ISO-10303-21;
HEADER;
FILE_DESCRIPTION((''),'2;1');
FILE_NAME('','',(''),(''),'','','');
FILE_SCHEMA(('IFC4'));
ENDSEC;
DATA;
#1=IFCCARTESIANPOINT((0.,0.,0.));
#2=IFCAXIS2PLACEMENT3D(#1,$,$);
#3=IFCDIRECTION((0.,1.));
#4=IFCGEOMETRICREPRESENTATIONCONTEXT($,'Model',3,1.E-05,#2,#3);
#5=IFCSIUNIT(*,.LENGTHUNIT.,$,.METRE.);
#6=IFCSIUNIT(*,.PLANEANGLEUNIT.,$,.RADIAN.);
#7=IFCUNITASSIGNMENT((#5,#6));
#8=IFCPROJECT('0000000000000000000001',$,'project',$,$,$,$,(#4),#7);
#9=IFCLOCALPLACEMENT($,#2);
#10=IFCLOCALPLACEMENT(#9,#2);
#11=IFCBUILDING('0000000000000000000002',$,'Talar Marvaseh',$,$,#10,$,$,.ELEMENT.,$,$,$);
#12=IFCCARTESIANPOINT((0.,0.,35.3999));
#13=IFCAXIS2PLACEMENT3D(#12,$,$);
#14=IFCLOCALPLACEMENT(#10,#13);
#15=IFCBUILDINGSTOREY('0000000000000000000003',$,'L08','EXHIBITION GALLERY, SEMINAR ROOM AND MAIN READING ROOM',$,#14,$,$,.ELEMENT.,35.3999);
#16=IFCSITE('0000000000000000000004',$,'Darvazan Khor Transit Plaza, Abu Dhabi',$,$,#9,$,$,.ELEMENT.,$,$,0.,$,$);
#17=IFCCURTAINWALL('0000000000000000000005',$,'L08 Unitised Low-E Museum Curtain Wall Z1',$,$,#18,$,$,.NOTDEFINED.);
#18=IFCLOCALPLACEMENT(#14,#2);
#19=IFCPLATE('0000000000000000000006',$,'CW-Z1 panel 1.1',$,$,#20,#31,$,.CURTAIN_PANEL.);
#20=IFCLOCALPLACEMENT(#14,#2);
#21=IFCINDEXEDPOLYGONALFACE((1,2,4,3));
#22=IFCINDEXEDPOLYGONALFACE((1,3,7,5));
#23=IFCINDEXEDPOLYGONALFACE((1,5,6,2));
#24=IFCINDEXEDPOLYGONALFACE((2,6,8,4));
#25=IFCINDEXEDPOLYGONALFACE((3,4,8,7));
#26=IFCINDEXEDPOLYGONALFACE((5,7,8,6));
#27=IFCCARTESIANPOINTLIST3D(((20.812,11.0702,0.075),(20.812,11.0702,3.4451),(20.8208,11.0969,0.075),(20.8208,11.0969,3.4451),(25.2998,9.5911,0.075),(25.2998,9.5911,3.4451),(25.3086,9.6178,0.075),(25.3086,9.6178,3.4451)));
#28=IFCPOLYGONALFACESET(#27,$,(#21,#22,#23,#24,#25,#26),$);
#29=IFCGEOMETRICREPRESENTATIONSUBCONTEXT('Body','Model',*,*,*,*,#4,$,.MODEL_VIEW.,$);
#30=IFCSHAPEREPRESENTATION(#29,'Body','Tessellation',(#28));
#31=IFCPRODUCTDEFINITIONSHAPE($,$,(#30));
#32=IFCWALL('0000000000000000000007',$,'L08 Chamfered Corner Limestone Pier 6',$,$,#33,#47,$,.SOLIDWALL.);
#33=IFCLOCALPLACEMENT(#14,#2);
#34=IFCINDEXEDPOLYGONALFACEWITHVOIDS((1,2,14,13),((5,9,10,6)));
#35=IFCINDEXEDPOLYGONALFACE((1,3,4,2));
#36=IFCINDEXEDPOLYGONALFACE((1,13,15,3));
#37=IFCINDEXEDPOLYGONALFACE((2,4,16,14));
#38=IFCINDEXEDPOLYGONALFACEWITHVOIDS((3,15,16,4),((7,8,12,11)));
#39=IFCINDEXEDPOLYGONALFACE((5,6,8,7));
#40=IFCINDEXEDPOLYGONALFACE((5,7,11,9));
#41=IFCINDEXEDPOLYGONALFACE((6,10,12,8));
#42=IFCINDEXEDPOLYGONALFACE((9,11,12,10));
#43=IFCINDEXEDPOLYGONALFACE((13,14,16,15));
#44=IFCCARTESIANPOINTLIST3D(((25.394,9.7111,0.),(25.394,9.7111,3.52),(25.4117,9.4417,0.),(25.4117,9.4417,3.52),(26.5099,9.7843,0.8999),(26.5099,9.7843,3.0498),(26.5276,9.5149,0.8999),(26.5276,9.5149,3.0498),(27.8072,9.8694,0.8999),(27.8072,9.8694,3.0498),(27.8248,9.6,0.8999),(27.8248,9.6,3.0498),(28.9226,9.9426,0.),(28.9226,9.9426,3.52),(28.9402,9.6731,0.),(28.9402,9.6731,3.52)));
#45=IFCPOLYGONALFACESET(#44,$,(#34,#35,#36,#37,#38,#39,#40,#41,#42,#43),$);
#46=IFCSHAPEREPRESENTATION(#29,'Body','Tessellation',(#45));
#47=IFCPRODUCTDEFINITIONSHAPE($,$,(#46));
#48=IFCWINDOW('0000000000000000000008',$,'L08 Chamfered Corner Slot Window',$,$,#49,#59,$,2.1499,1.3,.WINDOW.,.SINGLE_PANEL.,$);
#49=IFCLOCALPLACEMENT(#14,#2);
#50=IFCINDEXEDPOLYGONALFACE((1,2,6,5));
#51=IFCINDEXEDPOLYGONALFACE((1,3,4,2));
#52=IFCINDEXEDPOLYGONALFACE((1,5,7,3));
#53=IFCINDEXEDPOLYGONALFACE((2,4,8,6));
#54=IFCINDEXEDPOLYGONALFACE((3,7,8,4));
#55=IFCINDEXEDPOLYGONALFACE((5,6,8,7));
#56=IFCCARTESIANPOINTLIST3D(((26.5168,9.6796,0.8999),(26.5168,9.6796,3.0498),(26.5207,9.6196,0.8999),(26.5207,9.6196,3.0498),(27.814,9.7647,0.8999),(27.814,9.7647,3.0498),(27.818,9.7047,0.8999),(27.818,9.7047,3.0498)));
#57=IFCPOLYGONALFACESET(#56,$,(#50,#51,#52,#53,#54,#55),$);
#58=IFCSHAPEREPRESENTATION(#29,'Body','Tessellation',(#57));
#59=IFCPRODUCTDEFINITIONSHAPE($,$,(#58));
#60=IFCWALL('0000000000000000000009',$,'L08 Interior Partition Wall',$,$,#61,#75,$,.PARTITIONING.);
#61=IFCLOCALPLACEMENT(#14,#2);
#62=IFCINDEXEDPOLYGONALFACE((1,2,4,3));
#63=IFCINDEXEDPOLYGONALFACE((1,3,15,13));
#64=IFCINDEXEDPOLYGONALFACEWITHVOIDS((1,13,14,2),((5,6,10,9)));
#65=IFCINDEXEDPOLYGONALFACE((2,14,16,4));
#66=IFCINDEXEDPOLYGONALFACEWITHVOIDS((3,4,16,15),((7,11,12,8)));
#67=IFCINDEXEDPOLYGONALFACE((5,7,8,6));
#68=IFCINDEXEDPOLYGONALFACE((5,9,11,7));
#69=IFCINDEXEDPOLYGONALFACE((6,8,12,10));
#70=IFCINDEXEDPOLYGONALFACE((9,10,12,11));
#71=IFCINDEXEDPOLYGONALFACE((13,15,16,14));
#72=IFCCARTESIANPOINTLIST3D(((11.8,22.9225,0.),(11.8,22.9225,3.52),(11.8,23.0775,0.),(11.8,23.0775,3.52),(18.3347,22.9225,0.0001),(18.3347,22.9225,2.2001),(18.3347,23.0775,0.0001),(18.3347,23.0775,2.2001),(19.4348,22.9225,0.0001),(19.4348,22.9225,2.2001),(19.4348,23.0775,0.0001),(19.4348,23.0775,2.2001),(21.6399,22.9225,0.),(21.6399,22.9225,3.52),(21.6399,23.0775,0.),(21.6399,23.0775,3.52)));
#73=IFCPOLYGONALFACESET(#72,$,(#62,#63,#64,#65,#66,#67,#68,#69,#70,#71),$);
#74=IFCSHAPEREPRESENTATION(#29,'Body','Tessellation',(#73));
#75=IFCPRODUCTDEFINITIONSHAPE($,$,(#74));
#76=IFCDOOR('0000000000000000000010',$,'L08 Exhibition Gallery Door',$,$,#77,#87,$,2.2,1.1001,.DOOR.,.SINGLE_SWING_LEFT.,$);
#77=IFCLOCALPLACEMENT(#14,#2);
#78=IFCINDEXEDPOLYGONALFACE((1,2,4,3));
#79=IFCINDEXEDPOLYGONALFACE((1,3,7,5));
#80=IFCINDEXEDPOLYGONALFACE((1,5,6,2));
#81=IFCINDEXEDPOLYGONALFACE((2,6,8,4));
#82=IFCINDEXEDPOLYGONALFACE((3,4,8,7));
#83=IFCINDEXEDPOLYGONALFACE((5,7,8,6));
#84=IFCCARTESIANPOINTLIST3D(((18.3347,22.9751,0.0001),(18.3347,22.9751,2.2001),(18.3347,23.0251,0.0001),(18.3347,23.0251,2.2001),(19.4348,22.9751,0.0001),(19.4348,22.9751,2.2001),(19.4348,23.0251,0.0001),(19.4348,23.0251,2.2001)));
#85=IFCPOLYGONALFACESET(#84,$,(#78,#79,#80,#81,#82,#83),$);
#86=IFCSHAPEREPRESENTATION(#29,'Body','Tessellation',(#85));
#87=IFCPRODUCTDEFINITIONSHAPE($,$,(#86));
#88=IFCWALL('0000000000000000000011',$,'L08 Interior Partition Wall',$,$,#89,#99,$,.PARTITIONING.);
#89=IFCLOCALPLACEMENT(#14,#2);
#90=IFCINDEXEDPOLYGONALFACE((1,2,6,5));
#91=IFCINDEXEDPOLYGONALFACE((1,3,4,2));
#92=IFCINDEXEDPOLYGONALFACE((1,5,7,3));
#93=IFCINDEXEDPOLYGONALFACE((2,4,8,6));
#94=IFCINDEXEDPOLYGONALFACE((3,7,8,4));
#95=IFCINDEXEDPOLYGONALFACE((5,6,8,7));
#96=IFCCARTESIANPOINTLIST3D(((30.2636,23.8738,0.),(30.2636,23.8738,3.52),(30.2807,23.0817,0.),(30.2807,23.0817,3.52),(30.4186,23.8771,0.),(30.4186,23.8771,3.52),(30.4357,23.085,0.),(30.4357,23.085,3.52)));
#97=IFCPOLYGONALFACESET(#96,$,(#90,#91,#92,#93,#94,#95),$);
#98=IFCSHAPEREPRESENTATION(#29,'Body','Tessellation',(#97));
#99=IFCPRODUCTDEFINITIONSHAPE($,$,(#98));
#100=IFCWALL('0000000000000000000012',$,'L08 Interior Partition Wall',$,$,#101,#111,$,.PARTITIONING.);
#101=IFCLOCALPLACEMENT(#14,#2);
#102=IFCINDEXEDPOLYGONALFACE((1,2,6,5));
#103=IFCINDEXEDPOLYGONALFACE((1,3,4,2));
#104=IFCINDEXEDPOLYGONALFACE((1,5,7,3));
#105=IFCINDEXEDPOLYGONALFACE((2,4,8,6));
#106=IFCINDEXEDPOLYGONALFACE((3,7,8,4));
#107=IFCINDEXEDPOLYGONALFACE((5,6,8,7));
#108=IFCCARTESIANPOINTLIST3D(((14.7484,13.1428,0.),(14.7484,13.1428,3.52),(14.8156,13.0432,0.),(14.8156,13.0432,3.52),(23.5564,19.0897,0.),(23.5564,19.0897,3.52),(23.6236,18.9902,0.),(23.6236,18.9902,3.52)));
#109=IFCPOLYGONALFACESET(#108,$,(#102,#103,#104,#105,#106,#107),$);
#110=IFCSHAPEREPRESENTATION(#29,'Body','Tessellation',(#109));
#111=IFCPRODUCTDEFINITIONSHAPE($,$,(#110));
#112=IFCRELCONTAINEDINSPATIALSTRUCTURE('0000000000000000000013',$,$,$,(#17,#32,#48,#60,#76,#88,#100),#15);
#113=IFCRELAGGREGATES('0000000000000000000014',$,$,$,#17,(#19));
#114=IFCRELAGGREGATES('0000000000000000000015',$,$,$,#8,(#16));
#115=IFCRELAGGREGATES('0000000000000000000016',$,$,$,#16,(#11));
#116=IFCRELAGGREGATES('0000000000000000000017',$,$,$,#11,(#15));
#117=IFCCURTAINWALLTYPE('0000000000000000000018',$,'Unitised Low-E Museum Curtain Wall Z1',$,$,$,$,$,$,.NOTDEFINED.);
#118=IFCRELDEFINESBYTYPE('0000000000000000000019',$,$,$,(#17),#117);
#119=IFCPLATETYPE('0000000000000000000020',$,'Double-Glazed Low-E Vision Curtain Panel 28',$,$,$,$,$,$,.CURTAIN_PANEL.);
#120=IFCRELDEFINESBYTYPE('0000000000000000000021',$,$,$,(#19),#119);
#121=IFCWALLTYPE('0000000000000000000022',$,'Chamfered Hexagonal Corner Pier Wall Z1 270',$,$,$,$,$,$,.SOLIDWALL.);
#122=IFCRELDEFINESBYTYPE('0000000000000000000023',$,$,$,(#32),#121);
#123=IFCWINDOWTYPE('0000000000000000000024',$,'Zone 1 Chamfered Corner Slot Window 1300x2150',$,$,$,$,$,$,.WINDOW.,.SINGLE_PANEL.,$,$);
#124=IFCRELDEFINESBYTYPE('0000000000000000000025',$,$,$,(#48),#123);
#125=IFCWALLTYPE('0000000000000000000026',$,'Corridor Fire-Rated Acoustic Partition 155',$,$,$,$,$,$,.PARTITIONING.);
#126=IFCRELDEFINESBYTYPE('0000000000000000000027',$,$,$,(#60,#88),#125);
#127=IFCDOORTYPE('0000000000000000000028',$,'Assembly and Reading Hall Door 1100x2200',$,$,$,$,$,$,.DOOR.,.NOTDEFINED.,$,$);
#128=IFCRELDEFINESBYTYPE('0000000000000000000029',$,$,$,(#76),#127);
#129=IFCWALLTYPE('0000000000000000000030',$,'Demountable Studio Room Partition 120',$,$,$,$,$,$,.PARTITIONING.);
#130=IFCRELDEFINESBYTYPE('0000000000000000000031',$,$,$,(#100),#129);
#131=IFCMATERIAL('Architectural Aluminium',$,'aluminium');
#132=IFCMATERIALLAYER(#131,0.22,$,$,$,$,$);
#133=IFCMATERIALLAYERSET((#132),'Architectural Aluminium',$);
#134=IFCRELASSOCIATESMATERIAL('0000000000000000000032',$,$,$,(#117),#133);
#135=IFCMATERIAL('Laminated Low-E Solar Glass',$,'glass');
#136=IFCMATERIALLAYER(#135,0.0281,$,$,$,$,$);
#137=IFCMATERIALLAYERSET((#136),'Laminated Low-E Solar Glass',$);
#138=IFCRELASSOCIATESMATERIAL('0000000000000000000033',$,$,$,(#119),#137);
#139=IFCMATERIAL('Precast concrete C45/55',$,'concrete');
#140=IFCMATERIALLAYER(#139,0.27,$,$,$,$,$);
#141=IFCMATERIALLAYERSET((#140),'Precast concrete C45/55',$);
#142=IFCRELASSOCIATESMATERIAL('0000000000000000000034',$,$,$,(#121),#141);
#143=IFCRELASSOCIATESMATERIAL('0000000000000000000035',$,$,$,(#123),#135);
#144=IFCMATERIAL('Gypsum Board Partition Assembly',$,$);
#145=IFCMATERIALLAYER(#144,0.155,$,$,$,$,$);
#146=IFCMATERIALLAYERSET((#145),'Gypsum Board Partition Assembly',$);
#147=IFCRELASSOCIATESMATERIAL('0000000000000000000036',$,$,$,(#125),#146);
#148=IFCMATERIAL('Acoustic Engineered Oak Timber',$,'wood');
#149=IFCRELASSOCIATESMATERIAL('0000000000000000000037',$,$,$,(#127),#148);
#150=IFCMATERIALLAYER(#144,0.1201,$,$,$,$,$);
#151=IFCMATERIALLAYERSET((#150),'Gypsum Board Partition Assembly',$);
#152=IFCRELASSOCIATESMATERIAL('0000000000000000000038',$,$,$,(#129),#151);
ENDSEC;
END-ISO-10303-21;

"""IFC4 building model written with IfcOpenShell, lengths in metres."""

from ifc_helpers import new_model, si_unit, direction, frame, frame_2d, origin, origin_2d, place, context, subcontext, project, spatial, rectangle, extrude, source, transform, mapped, material, layer, layer_set, type_object, type_shapes, element, fill, aggregate, save


model = new_model("IFC4")

# Units and contexts
model_context = context("Model", 3, precision=1e-05, world=origin(), true_north=direction((0.0, 1.0)))
body_context = subcontext(model_context, "Body", "Model", "MODEL_VIEW")
ifc_project = project(units=[si_unit("LENGTHUNIT", "METRE"), si_unit("PLANEANGLEUNIT", "RADIAN")], contexts=[model_context])

# Site, building, storey
site_placement = place(None, origin())
site = spatial("IfcSite", under=ifc_project, at=site_placement, Name="Darvazan Khor Transit Plaza, Abu Dhabi", CompositionType="ELEMENT", RefElevation=0.0)
building_placement = place(site_placement, origin())
building = spatial("IfcBuilding", under=site, at=building_placement, Name="Talar Marvaseh", CompositionType="ELEMENT")
storey_placement = place(building_placement, frame((0.0, 0.0, 35.3999)))
storey = spatial("IfcBuildingStorey", under=building, at=storey_placement, Name="L08", Description="EXHIBITION GALLERY, SEMINAR ROOM AND MAIN READING ROOM", CompositionType="ELEMENT", Elevation=35.3999)

# Shared definitions
ifc_material_1 = material(Name="Architectural Aluminium", Category="aluminium")
ifc_layer_1 = layer(ifc_material_1, 0.22)
ifc_layer_set_1 = layer_set([ifc_layer_1], Name="Architectural Aluminium")
curtain_wall_type = type_object("IfcCurtainWallType", Name="Unitised Low-E Museum Curtain Wall Z1", PredefinedType="NOTDEFINED", material=ifc_layer_set_1)

# Curtain wall
curtain_wall_1_placement = place(storey_placement, origin())
curtain_wall_1 = element("IfcCurtainWall", 1, at=curtain_wall_1_placement, inside=storey, type_object=curtain_wall_type, Name="L08 Unitised Low-E Museum Curtain Wall Z1", PredefinedType="NOTDEFINED")

# Plate
ifc_material_2 = material(Name="Laminated Low-E Solar Glass", Category="glass")
ifc_layer_2 = layer(ifc_material_2, 0.0281)
ifc_layer_set_2 = layer_set([ifc_layer_2], Name="Laminated Low-E Solar Glass")
plate_type = type_object("IfcPlateType", Name="Double-Glazed Low-E Vision Curtain Panel 28", PredefinedType="CURTAIN_PANEL", material=ifc_layer_set_2)
shared_shape_1 = source(origin(), body_context, "Body", "SweptSolid", [
    extrude(rectangle(XDim=4.7253, YDim=0.0281, at=origin_2d()), origin(), (0.0, 0.0, 1.0), 3.3701),
])
type_shapes(plate_type, [shared_shape_1])
plate_1_placement = place(storey_placement, frame((23.0603, 10.344, 0.075), z_axis=(0.0, 0.0, 1.0), x_axis=(-0.949747, 0.313019, 0.0)))
plate_1 = element("IfcPlate", 2, at=plate_1_placement, type_object=plate_type, Name="CW-Z1 panel 1.1", PredefinedType="CURTAIN_PANEL", context=body_context, shape_type="MappedRepresentation", body=[
    mapped(shared_shape_1, transform((0.0, 0.0, 0.0), x_axis=(1.0, 0.0, 0.0), y_axis=(0.0, 1.0, 0.0), z_axis=(0.0, 0.0, 1.0), scale=1.0)),
])
aggregate(curtain_wall_1, [plate_1])

# Wall, opening, window
ifc_material_3 = material(Name="Precast concrete C45/55", Category="concrete")
ifc_layer_3 = layer(ifc_material_3, 0.27)
ifc_layer_set_3 = layer_set([ifc_layer_3], Name="Precast concrete C45/55")
wall_type_1 = type_object("IfcWallType", Name="Chamfered Hexagonal Corner Pier Wall Z1 270", PredefinedType="SOLIDWALL", material=ifc_layer_set_3)
wall_1_placement = place(storey_placement, frame((28.9314, 9.8079, 0.0), z_axis=(0.0, 0.0, 1.0), x_axis=(-0.997856, -0.065451, 0.0)))
wall_1 = element("IfcWall", 3, at=wall_1_placement, inside=storey, type_object=wall_type_1, Name="L08 Chamfered Corner Limestone Pier 6", PredefinedType="SOLIDWALL", context=body_context, shape_type="SweptSolid", body=[
    extrude(rectangle(XDim=3.5361, YDim=0.27, at=frame_2d((1.7681, 0.0))), origin(), (0.0, 0.0, 1.0), 3.52),
])
opening_1_placement = place(wall_1_placement, frame((1.1179, 0.0, 0.8999)))
opening_1 = element("IfcOpeningElement", 4, at=opening_1_placement, cuts=wall_1, PredefinedType="OPENING", context=body_context, shape_type="SweptSolid", body=[
    extrude(rectangle(XDim=1.3, YDim=2.1499, at=frame_2d((0.6499, 1.075))), frame((0.0, 0.145, 0.0), z_axis=(0.0, -1.0, 0.0), x_axis=(1.0, 0.0, 0.0)), (0.0, 0.0, 1.0), 0.29),
])
window_type = type_object("IfcWindowType", Name="Zone 1 Chamfered Corner Slot Window 1300x2150", PartitioningType="SINGLE_PANEL", PredefinedType="WINDOW", material=ifc_material_2)
shared_shape_2 = source(origin(), body_context, "Body", "SweptSolid", [
    extrude(rectangle(XDim=1.3, YDim=2.1499, at=frame_2d((0.6499, 1.075))), frame((0.0, 0.03, 0.0), z_axis=(0.0, -1.0, 0.0), x_axis=(1.0, 0.0, 0.0)), (0.0, 0.0, 1.0), 0.0601),
])
type_shapes(window_type, [shared_shape_2])
window_placement = place(opening_1_placement, origin())
window = element("IfcWindow", 5, at=window_placement, inside=storey, type_object=window_type, Name="L08 Chamfered Corner Slot Window", OverallHeight=2.1499, OverallWidth=1.3, PartitioningType="SINGLE_PANEL", PredefinedType="WINDOW", context=body_context, shape_type="MappedRepresentation", body=[
    mapped(shared_shape_2, transform((0.0, 0.0, 0.0), x_axis=(1.0, 0.0, 0.0), y_axis=(0.0, 1.0, 0.0), z_axis=(0.0, 0.0, 1.0), scale=1.0)),
])
fill(opening_1, window)

# Wall, opening, door
ifc_material_4 = material(Name="Gypsum Board Partition Assembly")
ifc_layer_4 = layer(ifc_material_4, 0.155)
ifc_layer_set_4 = layer_set([ifc_layer_4], Name="Gypsum Board Partition Assembly")
wall_type_2 = type_object("IfcWallType", Name="Corridor Fire-Rated Acoustic Partition 155", PredefinedType="PARTITIONING", material=ifc_layer_set_4)
wall_2_placement = place(storey_placement, frame((21.6399, 23.0, 0.0), z_axis=(0.0, 0.0, 1.0), x_axis=(-1.0, 0.0, 0.0)))
wall_2 = element("IfcWall", 6, at=wall_2_placement, inside=storey, type_object=wall_type_2, Name="L08 Interior Partition Wall", PredefinedType="PARTITIONING", context=body_context, shape_type="SweptSolid", body=[
    extrude(rectangle(XDim=9.8398, YDim=0.155, at=frame_2d((4.9199, 0.0))), origin(), (0.0, 0.0, 1.0), 3.52),
])
opening_2_placement = place(wall_2_placement, frame((2.2051, 0.0, 0.0)))
opening_2 = element("IfcOpeningElement", 7, at=opening_2_placement, cuts=wall_2, PredefinedType="OPENING", context=body_context, shape_type="SweptSolid", body=[
    extrude(rectangle(XDim=1.1001, YDim=2.2, at=frame_2d((0.55, 1.1001))), frame((0.0, 0.0874, 0.0), z_axis=(0.0, -1.0, 0.0), x_axis=(1.0, 0.0, 0.0)), (0.0, 0.0, 1.0), 0.175),
])
ifc_material_5 = material(Name="Acoustic Engineered Oak Timber", Category="wood")
door_type = type_object("IfcDoorType", Name="Assembly and Reading Hall Door 1100x2200", OperationType="NOTDEFINED", PredefinedType="DOOR", material=ifc_material_5)
shared_shape_3 = source(origin(), body_context, "Body", "SweptSolid", [
    extrude(rectangle(XDim=1.1001, YDim=2.2, at=frame_2d((0.55, 1.1001))), frame((0.0, 0.0249, 0.0), z_axis=(0.0, -1.0, 0.0), x_axis=(1.0, 0.0, 0.0)), (0.0, 0.0, 1.0), 0.05),
])
type_shapes(door_type, [shared_shape_3])
door_placement = place(opening_2_placement, origin())
door = element("IfcDoor", 8, at=door_placement, inside=storey, type_object=door_type, Name="L08 Exhibition Gallery Door", OperationType="SINGLE_SWING_LEFT", OverallHeight=2.2, OverallWidth=1.1001, PredefinedType="DOOR", context=body_context, shape_type="MappedRepresentation", body=[
    mapped(shared_shape_3, transform((0.0, 0.0, 0.0), x_axis=(1.0, 0.0, 0.0), y_axis=(0.0, 1.0, 0.0), z_axis=(0.0, 0.0, 1.0), scale=1.0)),
])
fill(opening_2, door)

# Walls
wall_3_placement = place(storey_placement, frame((30.3582, 23.0835, 0.0), z_axis=(0.0, 0.0, 1.0), x_axis=(-0.021573, 0.999767, 0.0)))
element("IfcWall", 9, at=wall_3_placement, inside=storey, type_object=wall_type_2, Name="L08 Interior Partition Wall", PredefinedType="PARTITIONING", context=body_context, shape_type="SweptSolid", body=[
    extrude(rectangle(XDim=0.7922, YDim=0.155, at=frame_2d((0.396, 0.0))), origin(), (0.0, 0.0, 1.0), 3.52),
])
ifc_layer_5 = layer(ifc_material_4, 0.1201)
ifc_layer_set_5 = layer_set([ifc_layer_5], Name="Gypsum Board Partition Assembly")
wall_type_3 = type_object("IfcWallType", Name="Demountable Studio Room Partition 120", PredefinedType="PARTITIONING", material=ifc_layer_set_5)
wall_4_placement = place(storey_placement, frame((23.5901, 19.04, 0.0), z_axis=(0.0, 0.0, 1.0), x_axis=(-0.828781, -0.559573, 0.0)))
element("IfcWall", 10, at=wall_4_placement, inside=storey, type_object=wall_type_3, Name="L08 Interior Partition Wall", PredefinedType="PARTITIONING", context=body_context, shape_type="SweptSolid", body=[
    extrude(rectangle(XDim=10.6277, YDim=0.1201, at=frame_2d((5.314, 0.0))), origin(), (0.0, 0.0, 1.0), 3.52),
])

save(model, "model.ifc")
